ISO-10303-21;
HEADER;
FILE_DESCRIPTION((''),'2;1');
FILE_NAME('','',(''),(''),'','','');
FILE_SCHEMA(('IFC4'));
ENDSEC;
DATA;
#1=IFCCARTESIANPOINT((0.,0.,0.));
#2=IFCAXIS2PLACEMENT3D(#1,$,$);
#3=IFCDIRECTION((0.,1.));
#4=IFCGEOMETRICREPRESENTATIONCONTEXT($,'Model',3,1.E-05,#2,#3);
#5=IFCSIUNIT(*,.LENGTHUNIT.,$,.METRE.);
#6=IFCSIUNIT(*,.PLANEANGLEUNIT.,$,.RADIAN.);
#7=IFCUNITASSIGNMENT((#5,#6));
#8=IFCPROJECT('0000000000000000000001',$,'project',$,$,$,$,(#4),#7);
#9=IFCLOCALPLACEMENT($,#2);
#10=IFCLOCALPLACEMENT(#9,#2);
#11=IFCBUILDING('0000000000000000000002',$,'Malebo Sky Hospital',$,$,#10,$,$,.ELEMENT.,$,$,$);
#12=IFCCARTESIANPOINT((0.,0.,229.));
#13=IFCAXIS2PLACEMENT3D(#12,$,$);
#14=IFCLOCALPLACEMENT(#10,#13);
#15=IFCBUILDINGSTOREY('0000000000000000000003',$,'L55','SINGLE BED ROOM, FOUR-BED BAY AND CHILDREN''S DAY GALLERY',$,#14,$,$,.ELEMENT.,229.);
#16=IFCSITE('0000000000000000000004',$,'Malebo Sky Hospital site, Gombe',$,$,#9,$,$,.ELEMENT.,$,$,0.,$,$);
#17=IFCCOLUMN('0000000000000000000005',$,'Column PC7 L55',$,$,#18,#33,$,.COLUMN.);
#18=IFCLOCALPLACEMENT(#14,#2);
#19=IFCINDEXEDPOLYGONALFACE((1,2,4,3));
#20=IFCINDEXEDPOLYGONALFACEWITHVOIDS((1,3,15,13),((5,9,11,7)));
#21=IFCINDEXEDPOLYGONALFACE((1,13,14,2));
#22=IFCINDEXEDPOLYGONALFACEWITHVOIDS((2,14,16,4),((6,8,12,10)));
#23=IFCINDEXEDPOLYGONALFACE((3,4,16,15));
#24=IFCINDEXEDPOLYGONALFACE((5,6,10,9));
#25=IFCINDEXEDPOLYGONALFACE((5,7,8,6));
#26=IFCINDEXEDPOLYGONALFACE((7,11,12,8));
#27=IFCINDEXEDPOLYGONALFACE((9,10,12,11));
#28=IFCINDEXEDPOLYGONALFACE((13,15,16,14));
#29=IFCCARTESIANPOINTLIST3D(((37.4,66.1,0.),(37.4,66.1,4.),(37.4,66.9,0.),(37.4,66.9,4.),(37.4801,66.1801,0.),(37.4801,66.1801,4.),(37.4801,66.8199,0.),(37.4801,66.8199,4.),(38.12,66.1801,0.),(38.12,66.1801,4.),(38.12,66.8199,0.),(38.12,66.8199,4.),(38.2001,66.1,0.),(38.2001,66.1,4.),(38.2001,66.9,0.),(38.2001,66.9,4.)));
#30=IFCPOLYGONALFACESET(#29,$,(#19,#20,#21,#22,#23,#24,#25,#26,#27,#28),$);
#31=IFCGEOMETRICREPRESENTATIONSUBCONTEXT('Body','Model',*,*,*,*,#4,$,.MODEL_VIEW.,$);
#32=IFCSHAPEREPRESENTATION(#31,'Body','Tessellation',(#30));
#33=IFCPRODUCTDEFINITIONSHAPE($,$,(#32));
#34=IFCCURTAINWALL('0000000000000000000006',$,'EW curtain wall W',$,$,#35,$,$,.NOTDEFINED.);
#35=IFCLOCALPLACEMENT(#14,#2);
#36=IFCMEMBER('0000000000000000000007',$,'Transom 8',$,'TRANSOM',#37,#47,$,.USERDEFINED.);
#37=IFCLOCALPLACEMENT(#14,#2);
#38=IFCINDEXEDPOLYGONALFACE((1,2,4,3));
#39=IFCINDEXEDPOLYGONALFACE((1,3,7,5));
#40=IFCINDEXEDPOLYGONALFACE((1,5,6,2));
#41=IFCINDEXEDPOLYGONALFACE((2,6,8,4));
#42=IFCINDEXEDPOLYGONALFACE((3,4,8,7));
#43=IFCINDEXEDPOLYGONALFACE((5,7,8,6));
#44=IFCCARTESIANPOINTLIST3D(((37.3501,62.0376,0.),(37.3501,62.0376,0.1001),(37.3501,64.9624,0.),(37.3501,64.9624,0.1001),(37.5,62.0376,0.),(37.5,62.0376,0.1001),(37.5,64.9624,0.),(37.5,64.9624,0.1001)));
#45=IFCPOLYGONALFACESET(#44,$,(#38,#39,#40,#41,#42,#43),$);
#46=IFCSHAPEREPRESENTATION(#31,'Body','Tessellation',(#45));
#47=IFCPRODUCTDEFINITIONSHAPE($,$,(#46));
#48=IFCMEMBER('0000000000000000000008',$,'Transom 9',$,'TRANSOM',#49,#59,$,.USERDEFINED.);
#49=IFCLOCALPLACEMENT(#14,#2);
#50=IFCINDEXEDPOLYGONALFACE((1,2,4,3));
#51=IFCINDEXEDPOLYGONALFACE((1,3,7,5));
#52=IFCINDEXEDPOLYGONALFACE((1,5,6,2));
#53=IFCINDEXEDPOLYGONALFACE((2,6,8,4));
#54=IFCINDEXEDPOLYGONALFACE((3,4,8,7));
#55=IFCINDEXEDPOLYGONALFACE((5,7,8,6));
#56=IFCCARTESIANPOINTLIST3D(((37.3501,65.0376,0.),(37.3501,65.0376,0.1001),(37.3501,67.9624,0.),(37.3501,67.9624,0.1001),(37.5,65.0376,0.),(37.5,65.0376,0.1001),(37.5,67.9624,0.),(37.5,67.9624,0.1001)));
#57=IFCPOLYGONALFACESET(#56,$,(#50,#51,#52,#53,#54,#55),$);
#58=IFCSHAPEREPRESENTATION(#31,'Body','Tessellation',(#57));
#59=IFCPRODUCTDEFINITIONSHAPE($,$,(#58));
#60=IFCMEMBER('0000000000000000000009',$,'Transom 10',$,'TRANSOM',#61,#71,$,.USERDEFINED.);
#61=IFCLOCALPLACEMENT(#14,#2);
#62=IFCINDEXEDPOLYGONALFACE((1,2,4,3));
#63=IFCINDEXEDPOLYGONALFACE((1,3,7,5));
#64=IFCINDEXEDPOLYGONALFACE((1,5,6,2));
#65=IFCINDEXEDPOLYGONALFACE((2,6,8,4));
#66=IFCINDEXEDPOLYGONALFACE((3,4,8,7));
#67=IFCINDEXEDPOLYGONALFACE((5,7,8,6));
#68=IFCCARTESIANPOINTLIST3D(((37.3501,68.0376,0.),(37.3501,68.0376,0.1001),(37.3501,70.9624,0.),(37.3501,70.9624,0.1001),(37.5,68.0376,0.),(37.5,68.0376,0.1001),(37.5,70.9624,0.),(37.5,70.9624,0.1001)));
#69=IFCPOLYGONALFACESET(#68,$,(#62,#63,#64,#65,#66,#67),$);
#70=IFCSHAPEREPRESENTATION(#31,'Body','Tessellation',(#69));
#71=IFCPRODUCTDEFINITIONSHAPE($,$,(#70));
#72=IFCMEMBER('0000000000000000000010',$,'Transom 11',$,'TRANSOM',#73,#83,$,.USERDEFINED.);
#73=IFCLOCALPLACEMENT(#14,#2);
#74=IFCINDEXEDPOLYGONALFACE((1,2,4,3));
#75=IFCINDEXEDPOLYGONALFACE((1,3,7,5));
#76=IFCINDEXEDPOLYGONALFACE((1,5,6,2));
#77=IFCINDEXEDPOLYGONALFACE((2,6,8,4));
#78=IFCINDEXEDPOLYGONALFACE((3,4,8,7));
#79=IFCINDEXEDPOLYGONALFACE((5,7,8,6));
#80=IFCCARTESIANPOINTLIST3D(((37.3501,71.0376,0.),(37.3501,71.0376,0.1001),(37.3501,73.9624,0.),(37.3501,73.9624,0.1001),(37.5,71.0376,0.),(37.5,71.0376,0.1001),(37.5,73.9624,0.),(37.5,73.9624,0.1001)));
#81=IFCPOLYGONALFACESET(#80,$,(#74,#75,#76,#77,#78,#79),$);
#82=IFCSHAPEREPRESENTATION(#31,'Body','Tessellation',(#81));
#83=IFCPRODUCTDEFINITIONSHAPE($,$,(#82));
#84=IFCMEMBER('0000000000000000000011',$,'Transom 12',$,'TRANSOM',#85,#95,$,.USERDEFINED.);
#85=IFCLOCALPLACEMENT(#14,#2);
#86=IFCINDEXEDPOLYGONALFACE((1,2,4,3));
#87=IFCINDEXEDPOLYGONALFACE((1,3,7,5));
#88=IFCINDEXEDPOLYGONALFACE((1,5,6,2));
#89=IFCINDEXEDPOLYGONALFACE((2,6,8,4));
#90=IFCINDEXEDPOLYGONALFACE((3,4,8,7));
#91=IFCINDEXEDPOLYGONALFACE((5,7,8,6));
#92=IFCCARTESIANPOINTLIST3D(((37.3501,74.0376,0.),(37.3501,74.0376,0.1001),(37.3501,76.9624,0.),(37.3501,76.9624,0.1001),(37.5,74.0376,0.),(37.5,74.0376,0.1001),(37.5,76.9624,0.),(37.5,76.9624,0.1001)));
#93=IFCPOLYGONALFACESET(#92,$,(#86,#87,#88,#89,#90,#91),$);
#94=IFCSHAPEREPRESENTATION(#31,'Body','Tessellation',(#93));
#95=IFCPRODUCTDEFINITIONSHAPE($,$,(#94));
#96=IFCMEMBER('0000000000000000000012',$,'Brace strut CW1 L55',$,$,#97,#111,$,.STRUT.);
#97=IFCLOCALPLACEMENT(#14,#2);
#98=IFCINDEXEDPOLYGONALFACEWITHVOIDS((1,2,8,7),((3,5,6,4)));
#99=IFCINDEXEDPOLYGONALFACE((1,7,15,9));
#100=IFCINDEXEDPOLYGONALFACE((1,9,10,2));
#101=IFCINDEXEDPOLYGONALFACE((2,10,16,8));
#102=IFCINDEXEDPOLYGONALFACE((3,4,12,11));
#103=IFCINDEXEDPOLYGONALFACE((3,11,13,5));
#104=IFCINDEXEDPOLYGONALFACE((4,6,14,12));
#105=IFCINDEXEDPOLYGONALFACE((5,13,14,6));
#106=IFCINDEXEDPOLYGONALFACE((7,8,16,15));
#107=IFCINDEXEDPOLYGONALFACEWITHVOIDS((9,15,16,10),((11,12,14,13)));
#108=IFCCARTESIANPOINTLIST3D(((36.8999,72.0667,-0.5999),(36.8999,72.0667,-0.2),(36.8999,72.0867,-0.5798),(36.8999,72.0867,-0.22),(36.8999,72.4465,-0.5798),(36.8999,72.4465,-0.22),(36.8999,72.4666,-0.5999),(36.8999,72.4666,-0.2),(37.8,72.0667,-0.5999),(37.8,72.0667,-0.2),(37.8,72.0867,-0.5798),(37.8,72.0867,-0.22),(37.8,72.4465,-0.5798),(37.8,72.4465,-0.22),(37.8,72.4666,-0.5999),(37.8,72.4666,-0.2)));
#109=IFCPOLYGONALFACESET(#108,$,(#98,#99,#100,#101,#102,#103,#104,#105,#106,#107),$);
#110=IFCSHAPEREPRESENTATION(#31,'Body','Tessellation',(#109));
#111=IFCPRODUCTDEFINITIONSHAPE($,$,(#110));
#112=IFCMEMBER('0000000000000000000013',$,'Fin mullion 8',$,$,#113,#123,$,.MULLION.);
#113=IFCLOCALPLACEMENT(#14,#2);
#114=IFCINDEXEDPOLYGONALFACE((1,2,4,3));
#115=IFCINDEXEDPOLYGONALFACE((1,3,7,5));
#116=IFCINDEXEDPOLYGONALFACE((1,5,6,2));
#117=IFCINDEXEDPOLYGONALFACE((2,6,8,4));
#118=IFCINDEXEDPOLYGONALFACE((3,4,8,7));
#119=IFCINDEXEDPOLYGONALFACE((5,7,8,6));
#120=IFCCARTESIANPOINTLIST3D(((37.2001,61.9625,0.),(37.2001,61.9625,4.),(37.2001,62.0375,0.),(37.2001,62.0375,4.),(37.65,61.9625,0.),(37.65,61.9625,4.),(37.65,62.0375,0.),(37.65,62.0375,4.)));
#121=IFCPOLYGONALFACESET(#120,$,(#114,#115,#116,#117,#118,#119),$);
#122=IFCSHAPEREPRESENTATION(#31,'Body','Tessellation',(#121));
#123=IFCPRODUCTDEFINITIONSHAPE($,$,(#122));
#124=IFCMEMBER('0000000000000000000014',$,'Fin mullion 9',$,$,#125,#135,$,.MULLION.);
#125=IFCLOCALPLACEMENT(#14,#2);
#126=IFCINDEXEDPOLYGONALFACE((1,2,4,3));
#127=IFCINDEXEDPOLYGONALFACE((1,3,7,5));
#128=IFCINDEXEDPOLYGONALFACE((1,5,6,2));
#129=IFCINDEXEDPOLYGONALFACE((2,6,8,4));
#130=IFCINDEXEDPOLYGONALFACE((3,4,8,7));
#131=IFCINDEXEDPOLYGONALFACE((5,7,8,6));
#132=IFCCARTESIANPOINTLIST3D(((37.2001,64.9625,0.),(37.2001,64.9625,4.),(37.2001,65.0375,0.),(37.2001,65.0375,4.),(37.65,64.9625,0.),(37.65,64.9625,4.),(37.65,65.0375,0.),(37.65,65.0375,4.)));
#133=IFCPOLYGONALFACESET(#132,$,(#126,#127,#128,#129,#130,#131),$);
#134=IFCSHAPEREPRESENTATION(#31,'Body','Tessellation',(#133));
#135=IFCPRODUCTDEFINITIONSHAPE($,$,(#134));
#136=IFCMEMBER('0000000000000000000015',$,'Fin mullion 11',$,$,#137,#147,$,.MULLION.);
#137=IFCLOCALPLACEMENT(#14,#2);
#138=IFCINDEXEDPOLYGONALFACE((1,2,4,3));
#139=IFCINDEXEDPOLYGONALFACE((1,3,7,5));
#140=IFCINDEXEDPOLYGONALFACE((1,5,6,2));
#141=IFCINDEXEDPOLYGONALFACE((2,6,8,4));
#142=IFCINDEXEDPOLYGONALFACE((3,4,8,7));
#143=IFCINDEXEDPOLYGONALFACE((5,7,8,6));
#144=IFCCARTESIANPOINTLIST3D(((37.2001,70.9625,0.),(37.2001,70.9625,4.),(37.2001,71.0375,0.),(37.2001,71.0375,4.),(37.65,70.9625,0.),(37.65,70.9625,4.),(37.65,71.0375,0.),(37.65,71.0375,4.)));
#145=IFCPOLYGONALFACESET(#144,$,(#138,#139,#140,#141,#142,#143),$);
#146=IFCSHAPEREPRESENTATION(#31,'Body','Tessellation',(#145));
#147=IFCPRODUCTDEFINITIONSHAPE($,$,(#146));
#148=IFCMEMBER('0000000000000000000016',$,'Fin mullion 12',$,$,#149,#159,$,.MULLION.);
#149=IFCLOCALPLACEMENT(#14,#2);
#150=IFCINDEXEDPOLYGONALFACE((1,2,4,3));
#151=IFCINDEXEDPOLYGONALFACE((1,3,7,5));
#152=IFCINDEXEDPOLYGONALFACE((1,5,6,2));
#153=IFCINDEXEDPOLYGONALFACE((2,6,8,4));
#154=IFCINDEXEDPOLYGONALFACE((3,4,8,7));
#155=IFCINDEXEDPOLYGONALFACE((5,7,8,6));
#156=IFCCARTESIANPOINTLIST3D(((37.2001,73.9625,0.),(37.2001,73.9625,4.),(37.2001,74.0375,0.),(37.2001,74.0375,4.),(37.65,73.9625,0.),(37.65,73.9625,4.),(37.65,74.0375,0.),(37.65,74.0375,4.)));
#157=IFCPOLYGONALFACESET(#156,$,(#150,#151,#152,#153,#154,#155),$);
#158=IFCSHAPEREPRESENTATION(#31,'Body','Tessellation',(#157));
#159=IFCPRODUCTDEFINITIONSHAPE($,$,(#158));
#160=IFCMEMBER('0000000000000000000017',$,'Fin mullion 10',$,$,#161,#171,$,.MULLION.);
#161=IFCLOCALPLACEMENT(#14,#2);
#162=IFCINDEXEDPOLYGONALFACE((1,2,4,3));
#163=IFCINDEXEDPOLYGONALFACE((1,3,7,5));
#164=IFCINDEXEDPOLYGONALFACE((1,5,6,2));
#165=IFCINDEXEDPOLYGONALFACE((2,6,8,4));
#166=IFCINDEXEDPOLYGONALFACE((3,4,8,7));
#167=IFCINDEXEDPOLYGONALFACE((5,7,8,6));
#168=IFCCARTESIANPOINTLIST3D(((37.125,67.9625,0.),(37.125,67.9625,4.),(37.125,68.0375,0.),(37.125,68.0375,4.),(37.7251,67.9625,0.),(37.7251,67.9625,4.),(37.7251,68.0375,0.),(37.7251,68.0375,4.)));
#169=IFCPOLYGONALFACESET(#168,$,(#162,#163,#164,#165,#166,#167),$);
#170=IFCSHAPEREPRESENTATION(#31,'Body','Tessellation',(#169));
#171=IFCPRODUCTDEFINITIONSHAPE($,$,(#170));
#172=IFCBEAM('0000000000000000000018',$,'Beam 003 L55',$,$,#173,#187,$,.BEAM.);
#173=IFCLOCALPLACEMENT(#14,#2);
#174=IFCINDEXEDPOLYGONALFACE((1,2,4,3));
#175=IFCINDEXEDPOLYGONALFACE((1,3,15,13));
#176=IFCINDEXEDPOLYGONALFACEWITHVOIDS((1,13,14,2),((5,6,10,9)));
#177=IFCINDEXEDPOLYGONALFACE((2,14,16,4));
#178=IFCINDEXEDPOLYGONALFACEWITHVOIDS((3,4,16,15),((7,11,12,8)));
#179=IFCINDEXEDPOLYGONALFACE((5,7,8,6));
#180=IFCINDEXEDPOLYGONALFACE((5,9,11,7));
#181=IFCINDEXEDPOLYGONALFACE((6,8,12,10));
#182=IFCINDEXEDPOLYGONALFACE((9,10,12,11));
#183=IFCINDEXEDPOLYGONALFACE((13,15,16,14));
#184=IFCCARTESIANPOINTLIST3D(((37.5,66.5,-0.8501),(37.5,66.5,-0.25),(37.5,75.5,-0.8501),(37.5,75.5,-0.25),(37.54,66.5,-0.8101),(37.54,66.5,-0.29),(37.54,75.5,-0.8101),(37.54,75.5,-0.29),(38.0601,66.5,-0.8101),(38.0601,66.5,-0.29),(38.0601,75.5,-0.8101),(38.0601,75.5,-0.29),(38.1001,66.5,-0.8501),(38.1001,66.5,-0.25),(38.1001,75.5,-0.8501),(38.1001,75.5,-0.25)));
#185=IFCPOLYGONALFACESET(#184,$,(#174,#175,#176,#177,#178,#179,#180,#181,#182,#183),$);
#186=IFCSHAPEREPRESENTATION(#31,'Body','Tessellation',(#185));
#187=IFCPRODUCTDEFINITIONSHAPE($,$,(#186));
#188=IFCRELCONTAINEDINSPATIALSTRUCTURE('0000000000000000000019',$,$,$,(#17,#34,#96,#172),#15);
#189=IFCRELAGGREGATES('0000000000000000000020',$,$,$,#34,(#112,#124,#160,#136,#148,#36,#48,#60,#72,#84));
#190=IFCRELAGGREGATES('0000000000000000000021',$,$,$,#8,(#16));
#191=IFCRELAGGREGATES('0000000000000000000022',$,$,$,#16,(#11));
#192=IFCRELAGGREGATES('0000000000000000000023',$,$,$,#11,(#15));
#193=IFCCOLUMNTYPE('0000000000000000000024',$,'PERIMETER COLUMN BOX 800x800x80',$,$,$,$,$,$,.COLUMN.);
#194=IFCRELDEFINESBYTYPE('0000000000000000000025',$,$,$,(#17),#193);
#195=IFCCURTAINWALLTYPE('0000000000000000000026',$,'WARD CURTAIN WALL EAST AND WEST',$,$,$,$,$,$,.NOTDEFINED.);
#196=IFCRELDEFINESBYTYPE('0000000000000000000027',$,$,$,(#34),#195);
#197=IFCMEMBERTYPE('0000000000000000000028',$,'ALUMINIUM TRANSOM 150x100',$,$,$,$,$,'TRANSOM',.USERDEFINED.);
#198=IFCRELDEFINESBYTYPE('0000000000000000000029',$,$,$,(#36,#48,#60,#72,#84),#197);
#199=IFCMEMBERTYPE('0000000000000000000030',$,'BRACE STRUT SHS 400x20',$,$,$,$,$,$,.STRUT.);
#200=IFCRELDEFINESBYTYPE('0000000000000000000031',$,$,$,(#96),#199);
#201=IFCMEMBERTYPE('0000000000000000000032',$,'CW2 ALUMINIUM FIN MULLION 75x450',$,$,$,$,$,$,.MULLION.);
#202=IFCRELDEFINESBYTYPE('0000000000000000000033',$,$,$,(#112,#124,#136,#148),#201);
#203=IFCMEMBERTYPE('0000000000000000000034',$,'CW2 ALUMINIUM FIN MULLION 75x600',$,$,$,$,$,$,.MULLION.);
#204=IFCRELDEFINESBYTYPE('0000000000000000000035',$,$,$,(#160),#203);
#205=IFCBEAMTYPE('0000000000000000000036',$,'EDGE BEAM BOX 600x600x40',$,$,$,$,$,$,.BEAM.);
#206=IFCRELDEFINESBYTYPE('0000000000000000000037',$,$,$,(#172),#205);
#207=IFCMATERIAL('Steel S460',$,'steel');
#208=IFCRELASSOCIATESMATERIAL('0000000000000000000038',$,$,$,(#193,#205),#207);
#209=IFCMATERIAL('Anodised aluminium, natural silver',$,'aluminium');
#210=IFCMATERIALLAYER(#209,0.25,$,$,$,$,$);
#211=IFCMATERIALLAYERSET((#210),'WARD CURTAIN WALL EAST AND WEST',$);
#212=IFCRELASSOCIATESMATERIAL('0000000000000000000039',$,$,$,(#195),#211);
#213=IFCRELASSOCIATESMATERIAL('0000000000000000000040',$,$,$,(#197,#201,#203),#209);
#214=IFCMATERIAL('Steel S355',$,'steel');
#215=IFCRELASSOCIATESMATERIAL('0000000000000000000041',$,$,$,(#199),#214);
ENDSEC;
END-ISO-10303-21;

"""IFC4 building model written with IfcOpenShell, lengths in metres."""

from ifc_helpers import new_model, si_unit, direction, frame, origin, origin_2d, place, context, subcontext, project, spatial, rectangle, hollow_rectangle, extrude, material, layer, layer_set, material_profile, profile_set, type_object, element, aggregate, save


model = new_model("IFC4")

# Units and contexts
model_context = context("Model", 3, precision=1e-05, world=origin(), true_north=direction((0.0, 1.0)))
body_context = subcontext(model_context, "Body", "Model", "MODEL_VIEW")
ifc_project = project(units=[si_unit("LENGTHUNIT", "METRE"), si_unit("PLANEANGLEUNIT", "RADIAN")], contexts=[model_context])

# Site, building, storey
site_placement = place(None, origin())
site = spatial("IfcSite", under=ifc_project, at=site_placement, Name="Malebo Sky Hospital site, Gombe", CompositionType="ELEMENT", RefElevation=0.0)
building_placement = place(site_placement, origin())
building = spatial("IfcBuilding", under=site, at=building_placement, Name="Malebo Sky Hospital", CompositionType="ELEMENT")
storey_placement = place(building_placement, frame((0.0, 0.0, 229.0)))
storey = spatial("IfcBuildingStorey", under=building, at=storey_placement, Name="L55", Description="SINGLE BED ROOM, FOUR-BED BAY AND CHILDREN'S DAY GALLERY", CompositionType="ELEMENT", Elevation=229.0)

# Column
ifc_material_1 = material(Name="Steel S460", Category="steel")
ifc_material_profile_1 = material_profile(ifc_material_1, hollow_rectangle(XDim=0.8, YDim=0.8, WallThickness=0.0801, at=origin_2d()), Name="BOX 800x800x80")
ifc_profile_set_1 = profile_set([ifc_material_profile_1], Name="Steel S460")
column_type = type_object("IfcColumnType", Name="PERIMETER COLUMN BOX 800x800x80", PredefinedType="COLUMN", material=ifc_profile_set_1)
column_placement = place(storey_placement, frame((37.8, 66.5, 0.0), z_axis=(0.0, 0.0, 1.0), x_axis=(1.0, 0.0, 0.0)))
element("IfcColumn", 1, at=column_placement, inside=storey, type_object=column_type, Name="Column PC7 L55", PredefinedType="COLUMN", context=body_context, shape_type="SweptSolid", body=[
    extrude(hollow_rectangle(XDim=0.8, YDim=0.8, WallThickness=0.0801, at=origin_2d()), origin(), (0.0, 0.0, 1.0), 4.0),
])

# Curtain wall, members
ifc_material_2 = material(Name="Anodised aluminium, natural silver", Category="aluminium")
ifc_layer_1 = layer(ifc_material_2, 0.25)
ifc_layer_set_1 = layer_set([ifc_layer_1], Name="WARD CURTAIN WALL EAST AND WEST")
curtain_wall_type = type_object("IfcCurtainWallType", Name="WARD CURTAIN WALL EAST AND WEST", PredefinedType="NOTDEFINED", material=ifc_layer_set_1)
curtain_wall_placement = place(storey_placement, origin())
curtain_wall = element("IfcCurtainWall", 2, at=curtain_wall_placement, inside=storey, type_object=curtain_wall_type, Name="EW curtain wall W", PredefinedType="NOTDEFINED")
ifc_material_profile_2 = material_profile(ifc_material_2, rectangle(XDim=0.1499, YDim=0.1001, at=origin_2d()), Name="ALUMINIUM TRANSOM 150x100")
ifc_profile_set_2 = profile_set([ifc_material_profile_2], Name="Anodised aluminium, natural silver")
member_type_1 = type_object("IfcMemberType", Name="ALUMINIUM TRANSOM 150x100", ElementType="TRANSOM", PredefinedType="USERDEFINED", material=ifc_profile_set_2)
member_1_placement = place(storey_placement, frame((37.425, 62.0376, 0.05), z_axis=(0.0, 1.0, 0.0), x_axis=(-1.0, 0.0, 0.0)))
member_1 = element("IfcMember", 3, at=member_1_placement, type_object=member_type_1, Name="Transom 8", ObjectType="TRANSOM", PredefinedType="USERDEFINED", context=body_context, shape_type="SweptSolid", body=[
    extrude(rectangle(XDim=0.1499, YDim=0.1001, at=origin_2d()), origin(), (0.0, 0.0, 1.0), 2.9248),
])
member_2_placement = place(storey_placement, frame((37.425, 65.0376, 0.05), z_axis=(0.0, 1.0, 0.0), x_axis=(-1.0, 0.0, 0.0)))
member_2 = element("IfcMember", 4, at=member_2_placement, type_object=member_type_1, Name="Transom 9", ObjectType="TRANSOM", PredefinedType="USERDEFINED", context=body_context, shape_type="SweptSolid", body=[
    extrude(rectangle(XDim=0.1499, YDim=0.1001, at=origin_2d()), origin(), (0.0, 0.0, 1.0), 2.9248),
])
member_3_placement = place(storey_placement, frame((37.425, 68.0376, 0.05), z_axis=(0.0, 1.0, 0.0), x_axis=(-1.0, 0.0, 0.0)))
member_3 = element("IfcMember", 5, at=member_3_placement, type_object=member_type_1, Name="Transom 10", ObjectType="TRANSOM", PredefinedType="USERDEFINED", context=body_context, shape_type="SweptSolid", body=[
    extrude(rectangle(XDim=0.1499, YDim=0.1001, at=origin_2d()), origin(), (0.0, 0.0, 1.0), 2.9248),
])
member_4_placement = place(storey_placement, frame((37.425, 71.0376, 0.05), z_axis=(0.0, 1.0, 0.0), x_axis=(-1.0, 0.0, 0.0)))
member_4 = element("IfcMember", 6, at=member_4_placement, type_object=member_type_1, Name="Transom 11", ObjectType="TRANSOM", PredefinedType="USERDEFINED", context=body_context, shape_type="SweptSolid", body=[
    extrude(rectangle(XDim=0.1499, YDim=0.1001, at=origin_2d()), origin(), (0.0, 0.0, 1.0), 2.9248),
])
member_5_placement = place(storey_placement, frame((37.425, 74.0376, 0.05), z_axis=(0.0, 1.0, 0.0), x_axis=(-1.0, 0.0, 0.0)))
member_5 = element("IfcMember", 7, at=member_5_placement, type_object=member_type_1, Name="Transom 12", ObjectType="TRANSOM", PredefinedType="USERDEFINED", context=body_context, shape_type="SweptSolid", body=[
    extrude(rectangle(XDim=0.1499, YDim=0.1001, at=origin_2d()), origin(), (0.0, 0.0, 1.0), 2.9248),
])

# Members
ifc_material_3 = material(Name="Steel S355", Category="steel")
ifc_material_profile_3 = material_profile(ifc_material_3, hollow_rectangle(XDim=0.3999, YDim=0.3999, WallThickness=0.02, at=origin_2d()), Name="SHS 400x20")
ifc_profile_set_3 = profile_set([ifc_material_profile_3], Name="Steel S355")
member_type_2 = type_object("IfcMemberType", Name="BRACE STRUT SHS 400x20", PredefinedType="STRUT", material=ifc_profile_set_3)
member_6_placement = place(storey_placement, frame((36.8999, 72.2666, -0.3999), z_axis=(1.0, 0.0, 0.0), x_axis=(0.0, 1.0, 0.0)))
element("IfcMember", 8, at=member_6_placement, inside=storey, type_object=member_type_2, Name="Brace strut CW1 L55", PredefinedType="STRUT", context=body_context, shape_type="SweptSolid", body=[
    extrude(hollow_rectangle(XDim=0.3999, YDim=0.3999, WallThickness=0.02, at=origin_2d()), origin(), (0.0, 0.0, 1.0), 0.9001),
])
ifc_material_profile_4 = material_profile(ifc_material_2, rectangle(XDim=0.075, YDim=0.45, at=origin_2d()), Name="CW2 ALUMINIUM FIN MULLION 75x450")
ifc_profile_set_4 = profile_set([ifc_material_profile_4], Name="Anodised aluminium, natural silver")
member_type_3 = type_object("IfcMemberType", Name="CW2 ALUMINIUM FIN MULLION 75x450", PredefinedType="MULLION", material=ifc_profile_set_4)
member_7_placement = place(storey_placement, frame((37.425, 62.0, 0.0), z_axis=(0.0, 0.0, 1.0), x_axis=(0.0, 1.0, 0.0)))
member_7 = element("IfcMember", 9, at=member_7_placement, type_object=member_type_3, Name="Fin mullion 8", PredefinedType="MULLION", context=body_context, shape_type="SweptSolid", body=[
    extrude(rectangle(XDim=0.075, YDim=0.45, at=origin_2d()), origin(), (0.0, 0.0, 1.0), 4.0),
])
member_8_placement = place(storey_placement, frame((37.425, 65.0, 0.0), z_axis=(0.0, 0.0, 1.0), x_axis=(0.0, 1.0, 0.0)))
member_8 = element("IfcMember", 10, at=member_8_placement, type_object=member_type_3, Name="Fin mullion 9", PredefinedType="MULLION", context=body_context, shape_type="SweptSolid", body=[
    extrude(rectangle(XDim=0.075, YDim=0.45, at=origin_2d()), origin(), (0.0, 0.0, 1.0), 4.0),
])
member_9_placement = place(storey_placement, frame((37.425, 71.0, 0.0), z_axis=(0.0, 0.0, 1.0), x_axis=(0.0, 1.0, 0.0)))
member_9 = element("IfcMember", 11, at=member_9_placement, type_object=member_type_3, Name="Fin mullion 11", PredefinedType="MULLION", context=body_context, shape_type="SweptSolid", body=[
    extrude(rectangle(XDim=0.075, YDim=0.45, at=origin_2d()), origin(), (0.0, 0.0, 1.0), 4.0),
])
member_10_placement = place(storey_placement, frame((37.425, 74.0, 0.0), z_axis=(0.0, 0.0, 1.0), x_axis=(0.0, 1.0, 0.0)))
member_10 = element("IfcMember", 12, at=member_10_placement, type_object=member_type_3, Name="Fin mullion 12", PredefinedType="MULLION", context=body_context, shape_type="SweptSolid", body=[
    extrude(rectangle(XDim=0.075, YDim=0.45, at=origin_2d()), origin(), (0.0, 0.0, 1.0), 4.0),
])
ifc_material_profile_5 = material_profile(ifc_material_2, rectangle(XDim=0.075, YDim=0.6001, at=origin_2d()), Name="CW2 ALUMINIUM FIN MULLION 75x600")
ifc_profile_set_5 = profile_set([ifc_material_profile_5], Name="Anodised aluminium, natural silver")
member_type_4 = type_object("IfcMemberType", Name="CW2 ALUMINIUM FIN MULLION 75x600", PredefinedType="MULLION", material=ifc_profile_set_5)
member_11_placement = place(storey_placement, frame((37.425, 68.0, 0.0), z_axis=(0.0, 0.0, 1.0), x_axis=(0.0, 1.0, 0.0)))
member_11 = element("IfcMember", 13, at=member_11_placement, type_object=member_type_4, Name="Fin mullion 10", PredefinedType="MULLION", context=body_context, shape_type="SweptSolid", body=[
    extrude(rectangle(XDim=0.075, YDim=0.6001, at=origin_2d()), origin(), (0.0, 0.0, 1.0), 4.0),
])

# Beam
ifc_material_profile_6 = material_profile(ifc_material_1, hollow_rectangle(XDim=0.6001, YDim=0.6001, WallThickness=0.04, at=origin_2d()), Name="BOX 600x600x40")
ifc_profile_set_6 = profile_set([ifc_material_profile_6], Name="Steel S460")
beam_type_1 = type_object("IfcBeamType", Name="EDGE BEAM BOX 600x600x40", PredefinedType="BEAM", material=ifc_profile_set_6)
beam_1_placement = place(storey_placement, frame((37.8, 66.5, -0.55), z_axis=(0.0, 1.0, 0.0), x_axis=(-1.0, 0.0, 0.0)))
element("IfcBeam", 14, at=beam_1_placement, inside=storey, type_object=beam_type_1, Name="Beam 003 L55", PredefinedType="BEAM", context=body_context, shape_type="SweptSolid", body=[
    extrude(hollow_rectangle(XDim=0.6001, YDim=0.6001, WallThickness=0.04, at=origin_2d()), origin(), (0.0, 0.0, 1.0), 9.0),
])

aggregate(curtain_wall, [member_7, member_8, member_11, member_9, member_10, member_1, member_2, member_3, member_4, member_5])

save(model, "model.ifc")
